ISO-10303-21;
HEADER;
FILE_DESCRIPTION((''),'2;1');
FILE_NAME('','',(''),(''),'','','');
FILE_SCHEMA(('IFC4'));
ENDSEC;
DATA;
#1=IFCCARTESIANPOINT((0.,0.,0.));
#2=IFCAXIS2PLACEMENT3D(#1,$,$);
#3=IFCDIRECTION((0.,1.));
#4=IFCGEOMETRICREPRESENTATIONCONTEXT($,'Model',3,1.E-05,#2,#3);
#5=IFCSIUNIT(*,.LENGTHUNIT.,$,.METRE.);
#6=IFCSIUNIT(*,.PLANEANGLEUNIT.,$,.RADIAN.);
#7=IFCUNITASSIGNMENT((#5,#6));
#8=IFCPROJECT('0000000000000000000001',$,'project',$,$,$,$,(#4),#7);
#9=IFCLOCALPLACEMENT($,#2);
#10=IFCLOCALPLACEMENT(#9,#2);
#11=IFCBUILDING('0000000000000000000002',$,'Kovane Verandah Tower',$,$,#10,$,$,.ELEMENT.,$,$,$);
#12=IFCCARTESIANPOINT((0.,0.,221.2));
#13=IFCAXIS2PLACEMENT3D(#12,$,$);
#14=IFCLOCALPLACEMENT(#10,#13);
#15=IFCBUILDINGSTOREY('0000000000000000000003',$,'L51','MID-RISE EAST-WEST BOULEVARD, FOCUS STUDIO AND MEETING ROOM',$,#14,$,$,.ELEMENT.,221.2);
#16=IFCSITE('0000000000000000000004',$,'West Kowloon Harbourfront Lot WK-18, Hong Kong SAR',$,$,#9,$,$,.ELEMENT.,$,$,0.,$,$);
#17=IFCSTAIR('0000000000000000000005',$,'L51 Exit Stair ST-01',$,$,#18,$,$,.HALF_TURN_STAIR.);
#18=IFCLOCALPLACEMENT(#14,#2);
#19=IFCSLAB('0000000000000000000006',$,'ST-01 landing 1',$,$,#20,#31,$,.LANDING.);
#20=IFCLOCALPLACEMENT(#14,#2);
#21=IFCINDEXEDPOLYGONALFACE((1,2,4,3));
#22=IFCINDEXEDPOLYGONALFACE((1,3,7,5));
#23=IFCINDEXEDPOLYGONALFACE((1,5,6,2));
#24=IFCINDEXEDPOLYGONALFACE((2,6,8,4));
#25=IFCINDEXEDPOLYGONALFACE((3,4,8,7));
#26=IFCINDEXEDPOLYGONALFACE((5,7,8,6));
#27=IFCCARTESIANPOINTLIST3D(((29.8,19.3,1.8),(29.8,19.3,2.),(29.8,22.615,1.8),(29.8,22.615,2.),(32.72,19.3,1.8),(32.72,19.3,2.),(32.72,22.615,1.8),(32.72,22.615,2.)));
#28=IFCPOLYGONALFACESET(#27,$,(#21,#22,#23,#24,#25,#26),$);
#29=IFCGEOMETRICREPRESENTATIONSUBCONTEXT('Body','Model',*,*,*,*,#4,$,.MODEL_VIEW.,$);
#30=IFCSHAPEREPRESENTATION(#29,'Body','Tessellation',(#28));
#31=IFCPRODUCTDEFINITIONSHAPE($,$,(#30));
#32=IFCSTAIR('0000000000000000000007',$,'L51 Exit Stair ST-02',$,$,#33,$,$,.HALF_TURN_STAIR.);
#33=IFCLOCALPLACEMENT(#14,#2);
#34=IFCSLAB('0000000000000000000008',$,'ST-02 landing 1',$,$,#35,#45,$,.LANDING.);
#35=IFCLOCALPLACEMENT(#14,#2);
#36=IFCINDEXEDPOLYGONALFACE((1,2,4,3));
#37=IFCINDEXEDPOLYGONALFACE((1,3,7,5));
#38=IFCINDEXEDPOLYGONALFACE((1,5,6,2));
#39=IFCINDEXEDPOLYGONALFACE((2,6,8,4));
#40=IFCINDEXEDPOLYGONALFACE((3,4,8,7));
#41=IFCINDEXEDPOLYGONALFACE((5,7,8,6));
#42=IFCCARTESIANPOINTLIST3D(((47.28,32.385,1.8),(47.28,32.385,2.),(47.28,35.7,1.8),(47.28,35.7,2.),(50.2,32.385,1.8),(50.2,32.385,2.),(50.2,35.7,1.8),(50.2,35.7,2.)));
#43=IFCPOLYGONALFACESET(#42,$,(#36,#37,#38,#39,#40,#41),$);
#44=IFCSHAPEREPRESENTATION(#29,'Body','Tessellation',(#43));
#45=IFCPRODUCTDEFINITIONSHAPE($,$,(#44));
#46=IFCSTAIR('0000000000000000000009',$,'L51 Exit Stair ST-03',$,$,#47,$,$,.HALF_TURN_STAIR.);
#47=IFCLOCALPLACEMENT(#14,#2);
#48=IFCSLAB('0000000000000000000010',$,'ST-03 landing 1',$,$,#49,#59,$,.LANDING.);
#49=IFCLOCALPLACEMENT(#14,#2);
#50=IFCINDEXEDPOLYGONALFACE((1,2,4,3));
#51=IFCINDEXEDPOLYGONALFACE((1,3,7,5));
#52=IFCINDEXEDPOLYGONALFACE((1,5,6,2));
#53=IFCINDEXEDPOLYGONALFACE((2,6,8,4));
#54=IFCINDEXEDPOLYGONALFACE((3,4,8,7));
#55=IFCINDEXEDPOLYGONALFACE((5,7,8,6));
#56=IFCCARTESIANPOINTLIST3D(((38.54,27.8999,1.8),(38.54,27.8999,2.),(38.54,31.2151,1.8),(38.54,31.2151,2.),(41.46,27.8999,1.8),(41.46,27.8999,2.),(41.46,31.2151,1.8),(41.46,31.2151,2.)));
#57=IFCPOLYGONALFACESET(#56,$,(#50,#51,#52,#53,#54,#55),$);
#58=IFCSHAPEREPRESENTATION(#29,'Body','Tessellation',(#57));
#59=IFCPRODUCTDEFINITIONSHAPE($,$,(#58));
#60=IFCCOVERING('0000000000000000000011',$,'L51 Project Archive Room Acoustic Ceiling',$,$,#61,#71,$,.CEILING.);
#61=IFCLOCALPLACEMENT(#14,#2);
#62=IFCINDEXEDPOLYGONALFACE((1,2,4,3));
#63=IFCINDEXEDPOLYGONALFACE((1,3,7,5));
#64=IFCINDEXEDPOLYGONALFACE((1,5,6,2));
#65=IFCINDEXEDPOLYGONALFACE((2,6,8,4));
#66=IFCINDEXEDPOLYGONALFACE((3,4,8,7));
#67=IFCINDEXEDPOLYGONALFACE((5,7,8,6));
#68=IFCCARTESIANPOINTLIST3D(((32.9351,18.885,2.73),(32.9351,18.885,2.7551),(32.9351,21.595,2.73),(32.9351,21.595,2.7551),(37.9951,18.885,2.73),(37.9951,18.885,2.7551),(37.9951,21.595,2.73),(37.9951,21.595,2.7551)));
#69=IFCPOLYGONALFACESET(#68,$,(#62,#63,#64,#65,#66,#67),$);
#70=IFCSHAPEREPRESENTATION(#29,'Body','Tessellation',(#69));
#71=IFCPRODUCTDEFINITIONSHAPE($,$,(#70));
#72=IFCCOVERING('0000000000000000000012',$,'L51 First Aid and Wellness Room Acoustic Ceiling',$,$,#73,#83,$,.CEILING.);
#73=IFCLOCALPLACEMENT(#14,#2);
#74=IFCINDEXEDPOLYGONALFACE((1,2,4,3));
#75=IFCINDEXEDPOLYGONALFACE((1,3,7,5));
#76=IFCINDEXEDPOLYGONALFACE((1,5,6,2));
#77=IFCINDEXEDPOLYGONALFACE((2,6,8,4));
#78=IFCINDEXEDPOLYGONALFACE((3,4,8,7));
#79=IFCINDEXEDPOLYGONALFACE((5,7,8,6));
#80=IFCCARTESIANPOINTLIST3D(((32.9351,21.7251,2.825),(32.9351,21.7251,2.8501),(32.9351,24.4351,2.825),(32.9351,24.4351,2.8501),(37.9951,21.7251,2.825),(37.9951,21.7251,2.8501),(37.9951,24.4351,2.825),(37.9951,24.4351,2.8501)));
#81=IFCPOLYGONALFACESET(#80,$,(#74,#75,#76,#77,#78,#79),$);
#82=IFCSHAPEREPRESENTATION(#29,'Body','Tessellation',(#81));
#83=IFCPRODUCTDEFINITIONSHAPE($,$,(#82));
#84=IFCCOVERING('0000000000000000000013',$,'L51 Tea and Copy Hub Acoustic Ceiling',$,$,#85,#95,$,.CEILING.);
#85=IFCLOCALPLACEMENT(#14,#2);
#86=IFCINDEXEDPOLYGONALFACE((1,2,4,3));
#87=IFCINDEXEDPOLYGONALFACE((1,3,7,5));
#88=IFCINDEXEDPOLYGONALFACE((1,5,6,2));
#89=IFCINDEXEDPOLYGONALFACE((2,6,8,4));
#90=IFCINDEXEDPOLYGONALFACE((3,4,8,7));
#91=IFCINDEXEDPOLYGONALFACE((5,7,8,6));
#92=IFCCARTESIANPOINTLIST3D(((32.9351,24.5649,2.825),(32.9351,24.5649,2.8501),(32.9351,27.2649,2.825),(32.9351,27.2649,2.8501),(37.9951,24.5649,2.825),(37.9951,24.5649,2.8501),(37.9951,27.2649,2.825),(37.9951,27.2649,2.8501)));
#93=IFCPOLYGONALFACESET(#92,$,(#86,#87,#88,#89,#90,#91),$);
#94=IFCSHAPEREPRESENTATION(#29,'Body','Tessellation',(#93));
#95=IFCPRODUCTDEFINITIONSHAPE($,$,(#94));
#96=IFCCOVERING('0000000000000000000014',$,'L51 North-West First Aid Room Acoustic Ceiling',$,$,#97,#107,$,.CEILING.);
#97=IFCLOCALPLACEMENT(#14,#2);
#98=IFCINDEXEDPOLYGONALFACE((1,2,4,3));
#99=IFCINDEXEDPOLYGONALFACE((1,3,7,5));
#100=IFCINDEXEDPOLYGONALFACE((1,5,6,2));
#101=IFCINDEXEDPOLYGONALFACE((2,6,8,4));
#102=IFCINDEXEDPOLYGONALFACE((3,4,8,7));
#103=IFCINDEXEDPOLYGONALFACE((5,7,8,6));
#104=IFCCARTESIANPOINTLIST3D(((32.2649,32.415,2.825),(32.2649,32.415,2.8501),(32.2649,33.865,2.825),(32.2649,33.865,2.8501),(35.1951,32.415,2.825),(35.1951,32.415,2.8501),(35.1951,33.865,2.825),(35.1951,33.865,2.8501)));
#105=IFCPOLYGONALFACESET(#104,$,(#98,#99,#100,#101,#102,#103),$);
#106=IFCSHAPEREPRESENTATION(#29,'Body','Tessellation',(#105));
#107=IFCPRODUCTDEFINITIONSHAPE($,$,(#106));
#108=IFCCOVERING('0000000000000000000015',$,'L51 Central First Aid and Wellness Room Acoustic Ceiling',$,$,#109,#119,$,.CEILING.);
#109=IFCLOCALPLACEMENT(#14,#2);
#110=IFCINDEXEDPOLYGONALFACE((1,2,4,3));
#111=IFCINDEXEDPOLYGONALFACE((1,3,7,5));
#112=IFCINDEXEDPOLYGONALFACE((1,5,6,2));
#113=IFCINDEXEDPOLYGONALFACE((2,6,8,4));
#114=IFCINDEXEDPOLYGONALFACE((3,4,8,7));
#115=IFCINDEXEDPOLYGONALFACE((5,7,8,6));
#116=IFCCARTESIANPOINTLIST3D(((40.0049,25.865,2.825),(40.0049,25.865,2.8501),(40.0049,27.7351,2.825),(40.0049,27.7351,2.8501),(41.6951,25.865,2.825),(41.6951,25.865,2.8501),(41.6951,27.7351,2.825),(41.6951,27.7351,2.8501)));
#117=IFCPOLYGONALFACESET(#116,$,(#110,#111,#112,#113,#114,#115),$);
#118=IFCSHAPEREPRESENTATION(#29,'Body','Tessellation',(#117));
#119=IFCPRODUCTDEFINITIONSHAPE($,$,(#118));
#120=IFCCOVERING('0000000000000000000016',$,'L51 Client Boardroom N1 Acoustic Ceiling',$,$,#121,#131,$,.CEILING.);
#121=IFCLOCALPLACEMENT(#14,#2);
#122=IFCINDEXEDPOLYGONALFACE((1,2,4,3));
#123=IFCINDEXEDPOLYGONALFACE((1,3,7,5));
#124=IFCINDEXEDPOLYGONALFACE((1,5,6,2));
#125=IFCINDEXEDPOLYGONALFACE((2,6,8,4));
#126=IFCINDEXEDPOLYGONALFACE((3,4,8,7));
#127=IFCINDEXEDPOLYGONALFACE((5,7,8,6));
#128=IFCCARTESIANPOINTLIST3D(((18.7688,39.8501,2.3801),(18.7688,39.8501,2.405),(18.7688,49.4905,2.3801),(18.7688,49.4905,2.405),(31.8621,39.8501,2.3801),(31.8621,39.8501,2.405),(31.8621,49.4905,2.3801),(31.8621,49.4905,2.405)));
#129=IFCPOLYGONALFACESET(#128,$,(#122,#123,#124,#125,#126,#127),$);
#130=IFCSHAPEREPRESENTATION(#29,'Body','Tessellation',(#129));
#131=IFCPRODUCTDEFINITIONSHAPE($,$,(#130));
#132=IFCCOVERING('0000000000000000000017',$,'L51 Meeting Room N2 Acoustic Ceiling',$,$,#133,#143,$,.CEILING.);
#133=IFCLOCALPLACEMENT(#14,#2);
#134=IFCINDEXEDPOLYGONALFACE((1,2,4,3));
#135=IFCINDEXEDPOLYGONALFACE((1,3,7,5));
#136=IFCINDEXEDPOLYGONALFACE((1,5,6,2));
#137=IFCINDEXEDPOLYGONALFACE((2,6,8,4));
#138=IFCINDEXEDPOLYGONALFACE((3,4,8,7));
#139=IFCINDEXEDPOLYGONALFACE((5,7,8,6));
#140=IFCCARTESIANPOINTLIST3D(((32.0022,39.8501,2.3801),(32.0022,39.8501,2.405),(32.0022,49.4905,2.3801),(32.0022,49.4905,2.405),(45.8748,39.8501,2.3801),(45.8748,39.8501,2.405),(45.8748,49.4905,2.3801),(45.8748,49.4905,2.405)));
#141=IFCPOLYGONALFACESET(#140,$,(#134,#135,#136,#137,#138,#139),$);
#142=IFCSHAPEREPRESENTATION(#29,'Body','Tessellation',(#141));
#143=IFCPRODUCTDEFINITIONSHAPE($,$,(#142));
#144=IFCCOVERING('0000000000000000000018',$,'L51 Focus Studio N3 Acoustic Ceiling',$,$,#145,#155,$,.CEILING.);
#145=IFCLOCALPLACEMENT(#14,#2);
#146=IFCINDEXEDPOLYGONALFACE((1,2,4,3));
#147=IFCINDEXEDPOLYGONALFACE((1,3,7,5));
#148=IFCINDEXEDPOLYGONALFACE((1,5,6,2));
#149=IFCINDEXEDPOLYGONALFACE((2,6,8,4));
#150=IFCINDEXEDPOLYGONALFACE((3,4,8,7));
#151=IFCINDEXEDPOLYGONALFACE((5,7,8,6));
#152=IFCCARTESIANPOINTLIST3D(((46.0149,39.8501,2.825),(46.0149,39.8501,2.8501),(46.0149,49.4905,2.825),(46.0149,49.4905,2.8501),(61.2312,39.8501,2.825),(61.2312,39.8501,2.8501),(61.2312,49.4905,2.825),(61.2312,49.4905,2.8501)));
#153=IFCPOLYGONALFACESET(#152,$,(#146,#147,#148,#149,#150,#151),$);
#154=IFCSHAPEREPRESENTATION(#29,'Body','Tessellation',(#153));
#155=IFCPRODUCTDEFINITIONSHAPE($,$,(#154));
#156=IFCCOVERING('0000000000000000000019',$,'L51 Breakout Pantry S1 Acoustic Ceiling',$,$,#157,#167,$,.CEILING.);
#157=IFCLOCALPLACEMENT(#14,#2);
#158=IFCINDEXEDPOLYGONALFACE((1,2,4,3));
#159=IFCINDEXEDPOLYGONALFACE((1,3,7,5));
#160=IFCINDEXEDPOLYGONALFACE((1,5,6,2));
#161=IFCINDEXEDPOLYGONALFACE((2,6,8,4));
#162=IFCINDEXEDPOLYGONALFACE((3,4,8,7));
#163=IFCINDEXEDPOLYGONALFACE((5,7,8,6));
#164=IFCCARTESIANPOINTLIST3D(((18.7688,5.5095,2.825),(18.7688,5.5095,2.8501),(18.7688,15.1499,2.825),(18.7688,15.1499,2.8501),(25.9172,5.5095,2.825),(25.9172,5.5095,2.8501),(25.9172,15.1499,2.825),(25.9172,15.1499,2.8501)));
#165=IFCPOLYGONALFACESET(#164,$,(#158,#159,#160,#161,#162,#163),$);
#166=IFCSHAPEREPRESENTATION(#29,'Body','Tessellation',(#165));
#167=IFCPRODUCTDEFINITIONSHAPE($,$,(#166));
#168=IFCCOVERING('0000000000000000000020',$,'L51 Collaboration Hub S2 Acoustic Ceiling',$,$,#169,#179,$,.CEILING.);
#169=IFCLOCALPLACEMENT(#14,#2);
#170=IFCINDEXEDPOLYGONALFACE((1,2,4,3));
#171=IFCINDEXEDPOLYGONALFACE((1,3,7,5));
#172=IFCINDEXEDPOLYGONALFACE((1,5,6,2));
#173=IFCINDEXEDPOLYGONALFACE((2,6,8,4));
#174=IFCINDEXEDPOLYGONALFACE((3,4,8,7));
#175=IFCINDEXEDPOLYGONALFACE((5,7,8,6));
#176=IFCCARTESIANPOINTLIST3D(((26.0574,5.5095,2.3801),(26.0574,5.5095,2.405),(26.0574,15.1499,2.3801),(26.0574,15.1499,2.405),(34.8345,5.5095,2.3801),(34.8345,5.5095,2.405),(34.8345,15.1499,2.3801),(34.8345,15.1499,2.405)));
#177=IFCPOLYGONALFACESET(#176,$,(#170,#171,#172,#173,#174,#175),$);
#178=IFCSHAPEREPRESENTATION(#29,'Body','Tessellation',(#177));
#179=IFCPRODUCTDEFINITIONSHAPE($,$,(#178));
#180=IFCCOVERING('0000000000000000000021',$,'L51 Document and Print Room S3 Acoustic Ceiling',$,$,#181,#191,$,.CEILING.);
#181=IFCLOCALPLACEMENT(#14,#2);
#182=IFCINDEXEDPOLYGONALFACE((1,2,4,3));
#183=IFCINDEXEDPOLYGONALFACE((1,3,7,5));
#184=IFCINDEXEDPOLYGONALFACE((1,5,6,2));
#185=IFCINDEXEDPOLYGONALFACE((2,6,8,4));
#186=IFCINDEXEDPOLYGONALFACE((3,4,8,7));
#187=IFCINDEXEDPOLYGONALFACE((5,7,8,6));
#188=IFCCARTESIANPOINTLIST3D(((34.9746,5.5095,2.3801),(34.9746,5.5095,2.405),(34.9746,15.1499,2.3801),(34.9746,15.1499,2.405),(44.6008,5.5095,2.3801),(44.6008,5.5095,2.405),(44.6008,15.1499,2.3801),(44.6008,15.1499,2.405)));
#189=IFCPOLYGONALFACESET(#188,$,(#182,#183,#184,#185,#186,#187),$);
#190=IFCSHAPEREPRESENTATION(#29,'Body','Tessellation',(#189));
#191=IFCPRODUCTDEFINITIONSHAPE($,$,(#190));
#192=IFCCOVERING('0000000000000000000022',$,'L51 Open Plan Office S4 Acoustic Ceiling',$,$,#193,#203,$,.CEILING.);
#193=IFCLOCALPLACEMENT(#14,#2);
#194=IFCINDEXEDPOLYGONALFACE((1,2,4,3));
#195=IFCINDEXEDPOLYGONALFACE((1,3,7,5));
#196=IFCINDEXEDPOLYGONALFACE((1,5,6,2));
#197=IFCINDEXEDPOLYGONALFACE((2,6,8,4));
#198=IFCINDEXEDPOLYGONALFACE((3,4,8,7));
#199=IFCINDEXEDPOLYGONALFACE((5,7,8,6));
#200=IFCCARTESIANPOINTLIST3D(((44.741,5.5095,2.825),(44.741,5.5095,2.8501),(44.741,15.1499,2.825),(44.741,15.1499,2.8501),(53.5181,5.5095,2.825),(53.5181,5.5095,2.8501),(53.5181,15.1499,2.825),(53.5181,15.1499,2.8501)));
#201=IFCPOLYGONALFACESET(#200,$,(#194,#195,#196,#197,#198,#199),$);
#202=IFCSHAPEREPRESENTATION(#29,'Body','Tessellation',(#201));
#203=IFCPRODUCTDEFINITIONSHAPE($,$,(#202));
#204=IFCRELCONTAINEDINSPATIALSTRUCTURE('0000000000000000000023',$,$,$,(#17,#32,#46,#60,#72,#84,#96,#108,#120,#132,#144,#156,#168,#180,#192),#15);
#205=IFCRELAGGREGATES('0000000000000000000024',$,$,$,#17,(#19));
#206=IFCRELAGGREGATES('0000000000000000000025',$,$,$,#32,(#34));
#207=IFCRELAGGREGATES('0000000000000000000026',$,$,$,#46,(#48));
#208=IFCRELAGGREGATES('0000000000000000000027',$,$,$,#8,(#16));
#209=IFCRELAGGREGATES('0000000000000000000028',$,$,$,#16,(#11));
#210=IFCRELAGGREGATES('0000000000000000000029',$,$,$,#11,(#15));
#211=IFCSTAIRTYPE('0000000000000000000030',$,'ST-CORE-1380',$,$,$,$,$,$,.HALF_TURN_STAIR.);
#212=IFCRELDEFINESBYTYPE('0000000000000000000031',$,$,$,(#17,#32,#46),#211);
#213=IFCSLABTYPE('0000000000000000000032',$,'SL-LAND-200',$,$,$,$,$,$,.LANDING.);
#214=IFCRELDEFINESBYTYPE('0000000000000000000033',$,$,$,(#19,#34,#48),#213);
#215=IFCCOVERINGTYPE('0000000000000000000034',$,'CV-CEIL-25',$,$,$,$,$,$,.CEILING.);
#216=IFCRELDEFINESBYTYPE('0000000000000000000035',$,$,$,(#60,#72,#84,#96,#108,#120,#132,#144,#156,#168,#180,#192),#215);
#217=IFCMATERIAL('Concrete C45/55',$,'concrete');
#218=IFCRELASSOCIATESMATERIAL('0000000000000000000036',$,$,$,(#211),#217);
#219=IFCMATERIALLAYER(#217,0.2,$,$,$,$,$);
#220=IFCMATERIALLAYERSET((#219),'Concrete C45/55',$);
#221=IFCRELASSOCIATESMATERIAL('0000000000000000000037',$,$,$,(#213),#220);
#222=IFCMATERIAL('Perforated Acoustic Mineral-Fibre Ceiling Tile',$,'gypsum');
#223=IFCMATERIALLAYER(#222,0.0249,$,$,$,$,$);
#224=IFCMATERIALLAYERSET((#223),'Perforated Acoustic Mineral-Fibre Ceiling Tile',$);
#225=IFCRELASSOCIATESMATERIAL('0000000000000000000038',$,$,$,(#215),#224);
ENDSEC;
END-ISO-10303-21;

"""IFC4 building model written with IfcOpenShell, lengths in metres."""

from ifc_helpers import new_model, si_unit, direction, frame, origin, place, context, subcontext, project, spatial, polyline, outline, extrude, material, layer, layer_set, type_object, element, aggregate, save


model = new_model("IFC4")

# Units and contexts
model_context = context("Model", 3, precision=1e-05, world=origin(), true_north=direction((0.0, 1.0)))
body_context = subcontext(model_context, "Body", "Model", "MODEL_VIEW")
ifc_project = project(units=[si_unit("LENGTHUNIT", "METRE"), si_unit("PLANEANGLEUNIT", "RADIAN")], contexts=[model_context])

# Site, building, storey
site_placement = place(None, origin())
site = spatial("IfcSite", under=ifc_project, at=site_placement, Name="West Kowloon Harbourfront Lot WK-18, Hong Kong SAR", CompositionType="ELEMENT", RefElevation=0.0)
building_placement = place(site_placement, origin())
building = spatial("IfcBuilding", under=site, at=building_placement, Name="Kovane Verandah Tower", CompositionType="ELEMENT")
storey_placement = place(building_placement, frame((0.0, 0.0, 221.2)))
storey = spatial("IfcBuildingStorey", under=building, at=storey_placement, Name="L51", Description="MID-RISE EAST-WEST BOULEVARD, FOCUS STUDIO AND MEETING ROOM", CompositionType="ELEMENT", Elevation=221.2)

# Stairs, slabs
ifc_material_1 = material(Name="Concrete C45/55", Category="concrete")
stair_type = type_object("IfcStairType", Name="ST-CORE-1380", PredefinedType="HALF_TURN_STAIR", material=ifc_material_1)
stair_1_placement = place(storey_placement, origin())
stair_1 = element("IfcStair", 1, at=stair_1_placement, inside=storey, type_object=stair_type, Name="L51 Exit Stair ST-01", PredefinedType="HALF_TURN_STAIR")
ifc_layer_1 = layer(ifc_material_1, 0.2)
ifc_layer_set_1 = layer_set([ifc_layer_1], Name="Concrete C45/55")
slab_type = type_object("IfcSlabType", Name="SL-LAND-200", PredefinedType="LANDING", material=ifc_layer_set_1)
slab_1_placement = place(storey_placement, frame((0.0, 0.0, 1.8)))
slab_1 = element("IfcSlab", 2, at=slab_1_placement, type_object=slab_type, Name="ST-01 landing 1", PredefinedType="LANDING", context=body_context, shape_type="SweptSolid", body=[
    extrude(outline(polyline([(29.8, 22.615), (29.8, 19.3), (32.72, 19.3), (32.72, 22.615), (29.8, 22.615)])), origin(), (0.0, 0.0, 1.0), 0.2),
])
aggregate(stair_1, [slab_1])
stair_2_placement = place(storey_placement, origin())
stair_2 = element("IfcStair", 3, at=stair_2_placement, inside=storey, type_object=stair_type, Name="L51 Exit Stair ST-02", PredefinedType="HALF_TURN_STAIR")
slab_2_placement = place(storey_placement, frame((0.0, 0.0, 1.8)))
slab_2 = element("IfcSlab", 4, at=slab_2_placement, type_object=slab_type, Name="ST-02 landing 1", PredefinedType="LANDING", context=body_context, shape_type="SweptSolid", body=[
    extrude(outline(polyline([(50.2, 32.385), (50.2, 35.7), (47.28, 35.7), (47.28, 32.385), (50.2, 32.385)])), origin(), (0.0, 0.0, 1.0), 0.2),
])
aggregate(stair_2, [slab_2])
stair_3_placement = place(storey_placement, origin())
stair_3 = element("IfcStair", 5, at=stair_3_placement, inside=storey, type_object=stair_type, Name="L51 Exit Stair ST-03", PredefinedType="HALF_TURN_STAIR")
slab_3_placement = place(storey_placement, frame((0.0, 0.0, 1.8)))
slab_3 = element("IfcSlab", 6, at=slab_3_placement, type_object=slab_type, Name="ST-03 landing 1", PredefinedType="LANDING", context=body_context, shape_type="SweptSolid", body=[
    extrude(outline(polyline([(38.54, 31.2151), (38.54, 27.8999), (41.46, 27.8999), (41.46, 31.2151), (38.54, 31.2151)])), origin(), (0.0, 0.0, 1.0), 0.2),
])
aggregate(stair_3, [slab_3])

# Coverings
ifc_material_2 = material(Name="Perforated Acoustic Mineral-Fibre Ceiling Tile", Category="gypsum")
ifc_layer_2 = layer(ifc_material_2, 0.0249)
ifc_layer_set_2 = layer_set([ifc_layer_2], Name="Perforated Acoustic Mineral-Fibre Ceiling Tile")
covering_type_1 = type_object("IfcCoveringType", Name="CV-CEIL-25", PredefinedType="CEILING", material=ifc_layer_set_2)
covering_1_placement = place(storey_placement, frame((0.0, 0.0, 2.73)))
element("IfcCovering", 7, at=covering_1_placement, inside=storey, type_object=covering_type_1, Name="L51 Project Archive Room Acoustic Ceiling", PredefinedType="CEILING", context=body_context, shape_type="SweptSolid", body=[
    extrude(outline(polyline([(32.9351, 18.885), (37.9951, 18.885), (37.9951, 21.595), (32.9351, 21.595), (32.9351, 18.885)])), origin(), (0.0, 0.0, 1.0), 0.0251),
])
covering_2_placement = place(storey_placement, frame((0.0, 0.0, 2.825)))
element("IfcCovering", 8, at=covering_2_placement, inside=storey, type_object=covering_type_1, Name="L51 First Aid and Wellness Room Acoustic Ceiling", PredefinedType="CEILING", context=body_context, shape_type="SweptSolid", body=[
    extrude(outline(polyline([(32.9351, 21.7251), (37.9951, 21.7251), (37.9951, 24.4351), (32.9351, 24.4351), (32.9351, 21.7251)])), origin(), (0.0, 0.0, 1.0), 0.0251),
])
covering_3_placement = place(storey_placement, frame((0.0, 0.0, 2.825)))
element("IfcCovering", 9, at=covering_3_placement, inside=storey, type_object=covering_type_1, Name="L51 Tea and Copy Hub Acoustic Ceiling", PredefinedType="CEILING", context=body_context, shape_type="SweptSolid", body=[
    extrude(outline(polyline([(32.9351, 24.5649), (37.9951, 24.5649), (37.9951, 27.2649), (32.9351, 27.2649), (32.9351, 24.5649)])), origin(), (0.0, 0.0, 1.0), 0.0251),
])
covering_4_placement = place(storey_placement, frame((0.0, 0.0, 2.825)))
element("IfcCovering", 10, at=covering_4_placement, inside=storey, type_object=covering_type_1, Name="L51 North-West First Aid Room Acoustic Ceiling", PredefinedType="CEILING", context=body_context, shape_type="SweptSolid", body=[
    extrude(outline(polyline([(32.2649, 32.415), (35.1951, 32.415), (35.1951, 33.865), (32.2649, 33.865), (32.2649, 32.415)])), origin(), (0.0, 0.0, 1.0), 0.0251),
])
covering_5_placement = place(storey_placement, frame((0.0, 0.0, 2.825)))
element("IfcCovering", 11, at=covering_5_placement, inside=storey, type_object=covering_type_1, Name="L51 Central First Aid and Wellness Room Acoustic Ceiling", PredefinedType="CEILING", context=body_context, shape_type="SweptSolid", body=[
    extrude(outline(polyline([(40.0049, 25.865), (41.6951, 25.865), (41.6951, 27.7351), (40.0049, 27.7351), (40.0049, 25.865)])), origin(), (0.0, 0.0, 1.0), 0.0251),
])
covering_6_placement = place(storey_placement, frame((0.0, 0.0, 2.3801)))
element("IfcCovering", 12, at=covering_6_placement, inside=storey, type_object=covering_type_1, Name="L51 Client Boardroom N1 Acoustic Ceiling", PredefinedType="CEILING", context=body_context, shape_type="SweptSolid", body=[
    extrude(outline(polyline([(18.7688, 39.8501), (31.8621, 39.8501), (31.8621, 49.4905), (18.7688, 49.4905), (18.7688, 39.8501)])), origin(), (0.0, 0.0, 1.0), 0.0249),
])
covering_7_placement = place(storey_placement, frame((0.0, 0.0, 2.3801)))
element("IfcCovering", 13, at=covering_7_placement, inside=storey, type_object=covering_type_1, Name="L51 Meeting Room N2 Acoustic Ceiling", PredefinedType="CEILING", context=body_context, shape_type="SweptSolid", body=[
    extrude(outline(polyline([(32.0022, 39.8501), (45.8748, 39.8501), (45.8748, 49.4905), (32.0022, 49.4905), (32.0022, 39.8501)])), origin(), (0.0, 0.0, 1.0), 0.0249),
])
covering_8_placement = place(storey_placement, frame((0.0, 0.0, 2.825)))
element("IfcCovering", 14, at=covering_8_placement, inside=storey, type_object=covering_type_1, Name="L51 Focus Studio N3 Acoustic Ceiling", PredefinedType="CEILING", context=body_context, shape_type="SweptSolid", body=[
    extrude(outline(polyline([(46.0149, 39.8501), (61.2312, 39.8501), (61.2312, 49.4905), (46.0149, 49.4905), (46.0149, 39.8501)])), origin(), (0.0, 0.0, 1.0), 0.0251),
])
covering_9_placement = place(storey_placement, frame((0.0, 0.0, 2.825)))
element("IfcCovering", 15, at=covering_9_placement, inside=storey, type_object=covering_type_1, Name="L51 Breakout Pantry S1 Acoustic Ceiling", PredefinedType="CEILING", context=body_context, shape_type="SweptSolid", body=[
    extrude(outline(polyline([(18.7688, 5.5095), (25.9172, 5.5095), (25.9172, 15.1499), (18.7688, 15.1499), (18.7688, 5.5095)])), origin(), (0.0, 0.0, 1.0), 0.0251),
])
covering_10_placement = place(storey_placement, frame((0.0, 0.0, 2.3801)))
element("IfcCovering", 16, at=covering_10_placement, inside=storey, type_object=covering_type_1, Name="L51 Collaboration Hub S2 Acoustic Ceiling", PredefinedType="CEILING", context=body_context, shape_type="SweptSolid", body=[
    extrude(outline(polyline([(26.0574, 5.5095), (34.8345, 5.5095), (34.8345, 15.1499), (26.0574, 15.1499), (26.0574, 5.5095)])), origin(), (0.0, 0.0, 1.0), 0.0249),
])
covering_11_placement = place(storey_placement, frame((0.0, 0.0, 2.3801)))
element("IfcCovering", 17, at=covering_11_placement, inside=storey, type_object=covering_type_1, Name="L51 Document and Print Room S3 Acoustic Ceiling", PredefinedType="CEILING", context=body_context, shape_type="SweptSolid", body=[
    extrude(outline(polyline([(34.9746, 5.5095), (44.6008, 5.5095), (44.6008, 15.1499), (34.9746, 15.1499), (34.9746, 5.5095)])), origin(), (0.0, 0.0, 1.0), 0.0249),
])
covering_12_placement = place(storey_placement, frame((0.0, 0.0, 2.825)))
element("IfcCovering", 18, at=covering_12_placement, inside=storey, type_object=covering_type_1, Name="L51 Open Plan Office S4 Acoustic Ceiling", PredefinedType="CEILING", context=body_context, shape_type="SweptSolid", body=[
    extrude(outline(polyline([(44.741, 5.5095), (53.5181, 5.5095), (53.5181, 15.1499), (44.741, 15.1499), (44.741, 5.5095)])), origin(), (0.0, 0.0, 1.0), 0.0251),
])

save(model, "model.ifc")
